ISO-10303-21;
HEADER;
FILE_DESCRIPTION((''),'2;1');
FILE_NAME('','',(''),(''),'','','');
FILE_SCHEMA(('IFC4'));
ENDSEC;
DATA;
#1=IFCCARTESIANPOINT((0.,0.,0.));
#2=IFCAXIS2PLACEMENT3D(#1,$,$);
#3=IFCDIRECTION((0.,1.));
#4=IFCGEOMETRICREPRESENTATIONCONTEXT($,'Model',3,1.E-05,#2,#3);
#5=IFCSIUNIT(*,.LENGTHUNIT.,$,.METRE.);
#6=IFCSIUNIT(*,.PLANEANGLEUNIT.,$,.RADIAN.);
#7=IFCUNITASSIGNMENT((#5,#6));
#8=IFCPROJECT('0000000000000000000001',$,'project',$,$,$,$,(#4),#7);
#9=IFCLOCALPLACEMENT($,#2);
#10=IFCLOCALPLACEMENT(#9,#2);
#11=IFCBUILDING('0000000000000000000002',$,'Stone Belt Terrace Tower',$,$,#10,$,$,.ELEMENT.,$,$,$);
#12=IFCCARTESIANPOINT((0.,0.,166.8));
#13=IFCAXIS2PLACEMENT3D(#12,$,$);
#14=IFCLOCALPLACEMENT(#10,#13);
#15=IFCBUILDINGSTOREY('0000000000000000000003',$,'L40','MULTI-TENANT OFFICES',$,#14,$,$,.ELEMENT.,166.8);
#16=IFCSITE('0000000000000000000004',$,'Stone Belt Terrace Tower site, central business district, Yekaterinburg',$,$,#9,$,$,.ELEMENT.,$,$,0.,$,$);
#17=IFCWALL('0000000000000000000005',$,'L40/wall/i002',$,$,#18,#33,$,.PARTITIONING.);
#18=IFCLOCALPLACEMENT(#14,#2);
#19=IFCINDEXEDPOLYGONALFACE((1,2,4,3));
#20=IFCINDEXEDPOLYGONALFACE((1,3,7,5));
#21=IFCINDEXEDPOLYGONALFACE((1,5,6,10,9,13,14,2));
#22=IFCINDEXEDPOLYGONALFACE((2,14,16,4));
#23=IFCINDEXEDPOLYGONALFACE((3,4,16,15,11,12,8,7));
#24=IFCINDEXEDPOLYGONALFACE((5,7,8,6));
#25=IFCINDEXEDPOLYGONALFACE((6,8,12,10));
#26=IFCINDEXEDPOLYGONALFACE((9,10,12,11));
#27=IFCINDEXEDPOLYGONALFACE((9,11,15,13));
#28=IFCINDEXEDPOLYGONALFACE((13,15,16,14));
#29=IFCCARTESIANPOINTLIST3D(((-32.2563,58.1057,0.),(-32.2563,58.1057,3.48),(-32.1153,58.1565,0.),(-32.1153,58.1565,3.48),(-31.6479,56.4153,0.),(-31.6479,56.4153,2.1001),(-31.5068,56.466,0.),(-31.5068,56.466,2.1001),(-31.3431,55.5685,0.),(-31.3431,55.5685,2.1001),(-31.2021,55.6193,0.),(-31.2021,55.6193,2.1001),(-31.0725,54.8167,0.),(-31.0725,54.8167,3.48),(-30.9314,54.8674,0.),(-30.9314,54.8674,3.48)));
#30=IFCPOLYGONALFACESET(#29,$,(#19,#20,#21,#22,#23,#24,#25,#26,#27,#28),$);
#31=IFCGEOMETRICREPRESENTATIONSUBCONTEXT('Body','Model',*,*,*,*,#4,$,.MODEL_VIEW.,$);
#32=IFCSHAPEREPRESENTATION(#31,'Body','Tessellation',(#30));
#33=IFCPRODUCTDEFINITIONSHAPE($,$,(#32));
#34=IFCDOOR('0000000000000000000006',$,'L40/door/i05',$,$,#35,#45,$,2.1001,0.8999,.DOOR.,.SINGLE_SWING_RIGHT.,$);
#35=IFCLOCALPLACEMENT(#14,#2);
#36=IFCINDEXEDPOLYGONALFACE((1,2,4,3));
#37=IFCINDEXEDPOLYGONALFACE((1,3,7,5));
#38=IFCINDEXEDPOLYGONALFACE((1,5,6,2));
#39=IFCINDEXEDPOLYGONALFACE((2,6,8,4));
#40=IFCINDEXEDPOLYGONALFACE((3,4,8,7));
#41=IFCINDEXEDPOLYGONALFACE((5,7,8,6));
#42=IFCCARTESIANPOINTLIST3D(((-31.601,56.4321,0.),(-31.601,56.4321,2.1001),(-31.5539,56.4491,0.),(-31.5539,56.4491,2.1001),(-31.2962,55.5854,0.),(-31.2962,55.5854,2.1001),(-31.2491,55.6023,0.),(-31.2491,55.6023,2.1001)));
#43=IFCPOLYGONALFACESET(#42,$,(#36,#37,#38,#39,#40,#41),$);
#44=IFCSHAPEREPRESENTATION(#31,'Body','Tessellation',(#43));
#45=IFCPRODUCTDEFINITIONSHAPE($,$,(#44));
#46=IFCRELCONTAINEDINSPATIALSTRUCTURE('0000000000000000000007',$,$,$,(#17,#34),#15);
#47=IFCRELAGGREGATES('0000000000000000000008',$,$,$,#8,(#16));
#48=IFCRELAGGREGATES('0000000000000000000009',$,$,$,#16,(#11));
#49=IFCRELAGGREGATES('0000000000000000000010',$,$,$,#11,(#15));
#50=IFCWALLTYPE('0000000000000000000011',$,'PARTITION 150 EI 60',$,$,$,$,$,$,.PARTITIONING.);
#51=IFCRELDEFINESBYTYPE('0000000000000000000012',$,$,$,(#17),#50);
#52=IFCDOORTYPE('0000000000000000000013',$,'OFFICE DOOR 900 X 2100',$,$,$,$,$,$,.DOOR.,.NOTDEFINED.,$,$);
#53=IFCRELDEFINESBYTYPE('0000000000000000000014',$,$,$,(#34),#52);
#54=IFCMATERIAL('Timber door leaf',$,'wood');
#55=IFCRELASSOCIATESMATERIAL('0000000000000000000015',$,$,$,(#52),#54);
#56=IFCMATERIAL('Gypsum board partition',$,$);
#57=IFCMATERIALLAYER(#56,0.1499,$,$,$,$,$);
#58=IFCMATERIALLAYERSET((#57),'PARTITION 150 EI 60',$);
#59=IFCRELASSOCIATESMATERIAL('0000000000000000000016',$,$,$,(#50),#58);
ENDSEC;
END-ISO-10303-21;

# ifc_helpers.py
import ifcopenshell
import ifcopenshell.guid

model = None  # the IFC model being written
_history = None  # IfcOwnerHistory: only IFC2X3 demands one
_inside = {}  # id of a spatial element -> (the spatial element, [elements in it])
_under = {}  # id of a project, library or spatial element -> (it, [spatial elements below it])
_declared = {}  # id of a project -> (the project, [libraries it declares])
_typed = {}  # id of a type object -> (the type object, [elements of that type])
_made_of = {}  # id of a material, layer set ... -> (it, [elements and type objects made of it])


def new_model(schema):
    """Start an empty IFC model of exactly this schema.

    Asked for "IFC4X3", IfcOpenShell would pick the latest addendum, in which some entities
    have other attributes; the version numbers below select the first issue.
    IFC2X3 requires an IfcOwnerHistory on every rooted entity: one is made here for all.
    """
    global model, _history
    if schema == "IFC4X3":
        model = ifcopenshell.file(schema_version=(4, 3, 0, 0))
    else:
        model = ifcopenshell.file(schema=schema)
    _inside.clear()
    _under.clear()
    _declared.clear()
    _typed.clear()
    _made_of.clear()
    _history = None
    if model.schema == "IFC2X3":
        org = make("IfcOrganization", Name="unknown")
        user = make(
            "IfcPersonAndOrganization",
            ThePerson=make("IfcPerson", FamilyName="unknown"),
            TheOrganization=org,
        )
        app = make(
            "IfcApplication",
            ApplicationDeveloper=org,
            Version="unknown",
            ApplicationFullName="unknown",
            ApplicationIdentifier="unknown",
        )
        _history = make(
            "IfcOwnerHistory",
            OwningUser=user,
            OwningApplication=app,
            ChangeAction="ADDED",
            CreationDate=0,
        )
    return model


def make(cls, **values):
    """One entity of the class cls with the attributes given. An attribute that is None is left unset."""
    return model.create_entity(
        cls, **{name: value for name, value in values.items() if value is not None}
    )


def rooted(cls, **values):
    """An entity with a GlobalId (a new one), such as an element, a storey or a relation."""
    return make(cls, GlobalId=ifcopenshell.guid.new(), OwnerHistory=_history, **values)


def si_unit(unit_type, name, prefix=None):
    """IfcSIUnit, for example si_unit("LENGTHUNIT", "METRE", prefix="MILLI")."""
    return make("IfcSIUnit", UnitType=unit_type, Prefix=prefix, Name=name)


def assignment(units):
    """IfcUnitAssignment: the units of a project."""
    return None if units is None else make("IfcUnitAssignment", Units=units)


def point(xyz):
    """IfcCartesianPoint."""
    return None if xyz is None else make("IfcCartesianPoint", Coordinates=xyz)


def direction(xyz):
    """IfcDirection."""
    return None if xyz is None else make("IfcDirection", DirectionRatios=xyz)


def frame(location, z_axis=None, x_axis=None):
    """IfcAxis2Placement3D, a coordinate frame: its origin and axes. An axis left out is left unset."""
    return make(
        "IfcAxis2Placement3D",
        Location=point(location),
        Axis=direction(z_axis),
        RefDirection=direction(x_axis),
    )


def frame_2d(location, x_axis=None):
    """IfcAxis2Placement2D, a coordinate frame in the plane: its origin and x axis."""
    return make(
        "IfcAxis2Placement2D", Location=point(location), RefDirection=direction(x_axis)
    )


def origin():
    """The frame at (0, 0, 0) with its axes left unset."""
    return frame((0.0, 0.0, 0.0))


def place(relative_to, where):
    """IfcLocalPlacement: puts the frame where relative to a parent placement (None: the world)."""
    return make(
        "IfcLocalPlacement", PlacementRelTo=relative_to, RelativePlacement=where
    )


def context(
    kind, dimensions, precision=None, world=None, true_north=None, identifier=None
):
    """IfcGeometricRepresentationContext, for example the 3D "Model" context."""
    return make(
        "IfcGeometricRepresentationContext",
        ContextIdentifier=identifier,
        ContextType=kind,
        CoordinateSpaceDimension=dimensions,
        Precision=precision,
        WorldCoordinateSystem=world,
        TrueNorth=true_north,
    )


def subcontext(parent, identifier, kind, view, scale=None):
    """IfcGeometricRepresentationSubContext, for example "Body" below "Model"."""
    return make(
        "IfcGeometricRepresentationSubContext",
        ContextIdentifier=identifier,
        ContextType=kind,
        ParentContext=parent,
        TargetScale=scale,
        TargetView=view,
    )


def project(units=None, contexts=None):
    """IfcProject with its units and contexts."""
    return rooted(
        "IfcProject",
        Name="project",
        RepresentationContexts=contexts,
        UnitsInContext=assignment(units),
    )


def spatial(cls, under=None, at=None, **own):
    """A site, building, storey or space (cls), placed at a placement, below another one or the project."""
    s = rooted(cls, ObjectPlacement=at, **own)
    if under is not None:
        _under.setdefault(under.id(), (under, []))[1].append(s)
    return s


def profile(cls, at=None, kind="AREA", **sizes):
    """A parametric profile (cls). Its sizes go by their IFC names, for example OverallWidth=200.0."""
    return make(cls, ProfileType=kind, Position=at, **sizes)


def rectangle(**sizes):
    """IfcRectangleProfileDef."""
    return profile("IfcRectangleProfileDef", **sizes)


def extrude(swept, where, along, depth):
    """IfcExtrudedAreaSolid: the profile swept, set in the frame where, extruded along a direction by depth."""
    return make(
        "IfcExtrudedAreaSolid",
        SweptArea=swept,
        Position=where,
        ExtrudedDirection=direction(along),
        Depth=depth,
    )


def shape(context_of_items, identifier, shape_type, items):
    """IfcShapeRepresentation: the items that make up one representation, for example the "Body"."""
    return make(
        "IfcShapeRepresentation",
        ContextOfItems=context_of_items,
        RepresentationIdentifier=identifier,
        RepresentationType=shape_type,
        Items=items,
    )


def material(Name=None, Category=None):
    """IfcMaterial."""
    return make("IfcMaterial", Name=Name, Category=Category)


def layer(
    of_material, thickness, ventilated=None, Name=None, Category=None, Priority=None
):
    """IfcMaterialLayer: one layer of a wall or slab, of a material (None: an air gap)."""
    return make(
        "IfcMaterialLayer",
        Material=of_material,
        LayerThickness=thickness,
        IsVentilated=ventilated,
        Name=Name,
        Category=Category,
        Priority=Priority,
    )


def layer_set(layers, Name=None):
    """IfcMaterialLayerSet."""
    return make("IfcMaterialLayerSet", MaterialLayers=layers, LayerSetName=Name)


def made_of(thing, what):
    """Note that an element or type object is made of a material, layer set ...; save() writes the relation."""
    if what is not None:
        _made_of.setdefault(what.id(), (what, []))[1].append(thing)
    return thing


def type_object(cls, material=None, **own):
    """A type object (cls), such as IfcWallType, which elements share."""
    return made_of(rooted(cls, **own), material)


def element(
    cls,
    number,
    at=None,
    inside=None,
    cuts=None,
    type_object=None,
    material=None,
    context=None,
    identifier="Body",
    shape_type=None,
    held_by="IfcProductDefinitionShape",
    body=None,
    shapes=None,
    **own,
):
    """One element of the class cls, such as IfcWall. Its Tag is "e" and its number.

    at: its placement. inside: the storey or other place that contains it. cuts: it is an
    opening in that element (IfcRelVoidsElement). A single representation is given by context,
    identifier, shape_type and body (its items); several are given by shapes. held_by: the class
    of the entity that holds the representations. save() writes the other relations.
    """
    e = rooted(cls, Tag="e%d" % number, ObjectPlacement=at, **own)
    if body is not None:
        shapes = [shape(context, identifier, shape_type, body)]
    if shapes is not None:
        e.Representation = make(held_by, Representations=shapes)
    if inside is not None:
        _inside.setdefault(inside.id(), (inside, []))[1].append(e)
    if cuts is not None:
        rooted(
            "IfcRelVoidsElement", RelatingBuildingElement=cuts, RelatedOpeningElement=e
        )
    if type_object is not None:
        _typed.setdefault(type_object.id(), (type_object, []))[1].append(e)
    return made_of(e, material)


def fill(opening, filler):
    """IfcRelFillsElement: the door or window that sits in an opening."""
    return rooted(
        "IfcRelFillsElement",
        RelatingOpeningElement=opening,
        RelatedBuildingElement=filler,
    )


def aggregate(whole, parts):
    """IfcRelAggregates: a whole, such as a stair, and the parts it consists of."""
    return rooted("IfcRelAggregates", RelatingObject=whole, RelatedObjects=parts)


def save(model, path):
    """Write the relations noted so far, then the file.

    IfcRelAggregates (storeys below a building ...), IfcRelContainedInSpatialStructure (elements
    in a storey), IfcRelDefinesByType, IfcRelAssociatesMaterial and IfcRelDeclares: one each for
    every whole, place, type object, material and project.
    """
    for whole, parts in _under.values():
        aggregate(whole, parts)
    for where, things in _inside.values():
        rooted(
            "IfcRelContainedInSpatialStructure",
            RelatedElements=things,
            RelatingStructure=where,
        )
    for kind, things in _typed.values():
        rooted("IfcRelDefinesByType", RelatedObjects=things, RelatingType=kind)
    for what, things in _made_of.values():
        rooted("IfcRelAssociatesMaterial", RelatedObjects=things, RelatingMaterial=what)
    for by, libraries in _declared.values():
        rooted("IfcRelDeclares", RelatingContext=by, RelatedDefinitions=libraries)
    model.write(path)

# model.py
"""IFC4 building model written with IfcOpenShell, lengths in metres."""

from ifc_helpers import new_model, si_unit, direction, frame, frame_2d, origin, place, context, subcontext, project, spatial, rectangle, extrude, material, layer, layer_set, type_object, element, fill, save


model = new_model("IFC4")

# Units and contexts
model_context = context("Model", 3, precision=1e-05, world=origin(), true_north=direction((0.0, 1.0)))
body_context = subcontext(model_context, "Body", "Model", "MODEL_VIEW")
ifc_project = project(units=[si_unit("LENGTHUNIT", "METRE"), si_unit("PLANEANGLEUNIT", "RADIAN")], contexts=[model_context])

# Site, building, storey
site_placement = place(None, origin())
site = spatial("IfcSite", under=ifc_project, at=site_placement, Name="Stone Belt Terrace Tower site, central business district, Yekaterinburg", CompositionType="ELEMENT", RefElevation=0.0)
building_placement = place(site_placement, origin())
building = spatial("IfcBuilding", under=site, at=building_placement, Name="Stone Belt Terrace Tower", CompositionType="ELEMENT")
storey_placement = place(building_placement, frame((0.0, 0.0, 166.8)))
storey = spatial("IfcBuildingStorey", under=building, at=storey_placement, Name="L40", Description="MULTI-TENANT OFFICES", CompositionType="ELEMENT", Elevation=166.8)

# Shared definitions
ifc_material_1 = material(Name="Gypsum board partition")

# Wall, opening, door
ifc_material_2 = material(Name="Timber door leaf", Category="wood")
door_type = type_object("IfcDoorType", Name="OFFICE DOOR 900 X 2100", OperationType="NOTDEFINED", PredefinedType="DOOR", material=ifc_material_2)
ifc_layer_1 = layer(ifc_material_1, 0.1499)
ifc_layer_set_1 = layer_set([ifc_layer_1], Name="PARTITION 150 EI 60")
wall_type_1 = type_object("IfcWallType", Name="PARTITION 150 EI 60", PredefinedType="PARTITIONING", material=ifc_layer_set_1)
wall_1_placement = place(storey_placement, frame((-32.1858, 58.1311, 0.0), z_axis=(0.0, 0.0, 1.0), x_axis=(0.338663, -0.940908, 0.0)))
wall_1 = element("IfcWall", 1, at=wall_1_placement, inside=storey, type_object=wall_type_1, Name="L40/wall/i002", PredefinedType="PARTITIONING", context=body_context, shape_type="SweptSolid", body=[
    extrude(rectangle(XDim=3.4956, YDim=0.1499, at=frame_2d((1.7478, 0.0))), origin(), (0.0, 0.0, 1.0), 3.48),
])
opening_1_placement = place(wall_1_placement, frame((1.7966, 0.0, 0.0)))
opening_1 = element("IfcOpeningElement", 2, at=opening_1_placement, cuts=wall_1, PredefinedType="OPENING", context=body_context, shape_type="SweptSolid", body=[
    extrude(rectangle(XDim=0.8999, YDim=2.1001, at=frame_2d((0.45, 1.05))), frame((0.0, 0.085, 0.0), z_axis=(0.0, -1.0, 0.0), x_axis=(1.0, 0.0, 0.0)), (0.0, 0.0, 1.0), 0.1699),
])
door_1_placement = place(opening_1_placement, origin())
door_1 = element("IfcDoor", 3, at=door_1_placement, inside=storey, type_object=door_type, Name="L40/door/i05", OperationType="SINGLE_SWING_RIGHT", OverallHeight=2.1001, OverallWidth=0.8999, PredefinedType="DOOR", context=body_context, shape_type="SweptSolid", body=[
    extrude(rectangle(XDim=0.8999, YDim=2.1001, at=frame_2d((0.45, 1.05))), frame((0.0, 0.0249, 0.0), z_axis=(0.0, -1.0, 0.0), x_axis=(1.0, 0.0, 0.0)), (0.0, 0.0, 1.0), 0.05),
])
fill(opening_1, door_1)

save(model, "model.ifc")
